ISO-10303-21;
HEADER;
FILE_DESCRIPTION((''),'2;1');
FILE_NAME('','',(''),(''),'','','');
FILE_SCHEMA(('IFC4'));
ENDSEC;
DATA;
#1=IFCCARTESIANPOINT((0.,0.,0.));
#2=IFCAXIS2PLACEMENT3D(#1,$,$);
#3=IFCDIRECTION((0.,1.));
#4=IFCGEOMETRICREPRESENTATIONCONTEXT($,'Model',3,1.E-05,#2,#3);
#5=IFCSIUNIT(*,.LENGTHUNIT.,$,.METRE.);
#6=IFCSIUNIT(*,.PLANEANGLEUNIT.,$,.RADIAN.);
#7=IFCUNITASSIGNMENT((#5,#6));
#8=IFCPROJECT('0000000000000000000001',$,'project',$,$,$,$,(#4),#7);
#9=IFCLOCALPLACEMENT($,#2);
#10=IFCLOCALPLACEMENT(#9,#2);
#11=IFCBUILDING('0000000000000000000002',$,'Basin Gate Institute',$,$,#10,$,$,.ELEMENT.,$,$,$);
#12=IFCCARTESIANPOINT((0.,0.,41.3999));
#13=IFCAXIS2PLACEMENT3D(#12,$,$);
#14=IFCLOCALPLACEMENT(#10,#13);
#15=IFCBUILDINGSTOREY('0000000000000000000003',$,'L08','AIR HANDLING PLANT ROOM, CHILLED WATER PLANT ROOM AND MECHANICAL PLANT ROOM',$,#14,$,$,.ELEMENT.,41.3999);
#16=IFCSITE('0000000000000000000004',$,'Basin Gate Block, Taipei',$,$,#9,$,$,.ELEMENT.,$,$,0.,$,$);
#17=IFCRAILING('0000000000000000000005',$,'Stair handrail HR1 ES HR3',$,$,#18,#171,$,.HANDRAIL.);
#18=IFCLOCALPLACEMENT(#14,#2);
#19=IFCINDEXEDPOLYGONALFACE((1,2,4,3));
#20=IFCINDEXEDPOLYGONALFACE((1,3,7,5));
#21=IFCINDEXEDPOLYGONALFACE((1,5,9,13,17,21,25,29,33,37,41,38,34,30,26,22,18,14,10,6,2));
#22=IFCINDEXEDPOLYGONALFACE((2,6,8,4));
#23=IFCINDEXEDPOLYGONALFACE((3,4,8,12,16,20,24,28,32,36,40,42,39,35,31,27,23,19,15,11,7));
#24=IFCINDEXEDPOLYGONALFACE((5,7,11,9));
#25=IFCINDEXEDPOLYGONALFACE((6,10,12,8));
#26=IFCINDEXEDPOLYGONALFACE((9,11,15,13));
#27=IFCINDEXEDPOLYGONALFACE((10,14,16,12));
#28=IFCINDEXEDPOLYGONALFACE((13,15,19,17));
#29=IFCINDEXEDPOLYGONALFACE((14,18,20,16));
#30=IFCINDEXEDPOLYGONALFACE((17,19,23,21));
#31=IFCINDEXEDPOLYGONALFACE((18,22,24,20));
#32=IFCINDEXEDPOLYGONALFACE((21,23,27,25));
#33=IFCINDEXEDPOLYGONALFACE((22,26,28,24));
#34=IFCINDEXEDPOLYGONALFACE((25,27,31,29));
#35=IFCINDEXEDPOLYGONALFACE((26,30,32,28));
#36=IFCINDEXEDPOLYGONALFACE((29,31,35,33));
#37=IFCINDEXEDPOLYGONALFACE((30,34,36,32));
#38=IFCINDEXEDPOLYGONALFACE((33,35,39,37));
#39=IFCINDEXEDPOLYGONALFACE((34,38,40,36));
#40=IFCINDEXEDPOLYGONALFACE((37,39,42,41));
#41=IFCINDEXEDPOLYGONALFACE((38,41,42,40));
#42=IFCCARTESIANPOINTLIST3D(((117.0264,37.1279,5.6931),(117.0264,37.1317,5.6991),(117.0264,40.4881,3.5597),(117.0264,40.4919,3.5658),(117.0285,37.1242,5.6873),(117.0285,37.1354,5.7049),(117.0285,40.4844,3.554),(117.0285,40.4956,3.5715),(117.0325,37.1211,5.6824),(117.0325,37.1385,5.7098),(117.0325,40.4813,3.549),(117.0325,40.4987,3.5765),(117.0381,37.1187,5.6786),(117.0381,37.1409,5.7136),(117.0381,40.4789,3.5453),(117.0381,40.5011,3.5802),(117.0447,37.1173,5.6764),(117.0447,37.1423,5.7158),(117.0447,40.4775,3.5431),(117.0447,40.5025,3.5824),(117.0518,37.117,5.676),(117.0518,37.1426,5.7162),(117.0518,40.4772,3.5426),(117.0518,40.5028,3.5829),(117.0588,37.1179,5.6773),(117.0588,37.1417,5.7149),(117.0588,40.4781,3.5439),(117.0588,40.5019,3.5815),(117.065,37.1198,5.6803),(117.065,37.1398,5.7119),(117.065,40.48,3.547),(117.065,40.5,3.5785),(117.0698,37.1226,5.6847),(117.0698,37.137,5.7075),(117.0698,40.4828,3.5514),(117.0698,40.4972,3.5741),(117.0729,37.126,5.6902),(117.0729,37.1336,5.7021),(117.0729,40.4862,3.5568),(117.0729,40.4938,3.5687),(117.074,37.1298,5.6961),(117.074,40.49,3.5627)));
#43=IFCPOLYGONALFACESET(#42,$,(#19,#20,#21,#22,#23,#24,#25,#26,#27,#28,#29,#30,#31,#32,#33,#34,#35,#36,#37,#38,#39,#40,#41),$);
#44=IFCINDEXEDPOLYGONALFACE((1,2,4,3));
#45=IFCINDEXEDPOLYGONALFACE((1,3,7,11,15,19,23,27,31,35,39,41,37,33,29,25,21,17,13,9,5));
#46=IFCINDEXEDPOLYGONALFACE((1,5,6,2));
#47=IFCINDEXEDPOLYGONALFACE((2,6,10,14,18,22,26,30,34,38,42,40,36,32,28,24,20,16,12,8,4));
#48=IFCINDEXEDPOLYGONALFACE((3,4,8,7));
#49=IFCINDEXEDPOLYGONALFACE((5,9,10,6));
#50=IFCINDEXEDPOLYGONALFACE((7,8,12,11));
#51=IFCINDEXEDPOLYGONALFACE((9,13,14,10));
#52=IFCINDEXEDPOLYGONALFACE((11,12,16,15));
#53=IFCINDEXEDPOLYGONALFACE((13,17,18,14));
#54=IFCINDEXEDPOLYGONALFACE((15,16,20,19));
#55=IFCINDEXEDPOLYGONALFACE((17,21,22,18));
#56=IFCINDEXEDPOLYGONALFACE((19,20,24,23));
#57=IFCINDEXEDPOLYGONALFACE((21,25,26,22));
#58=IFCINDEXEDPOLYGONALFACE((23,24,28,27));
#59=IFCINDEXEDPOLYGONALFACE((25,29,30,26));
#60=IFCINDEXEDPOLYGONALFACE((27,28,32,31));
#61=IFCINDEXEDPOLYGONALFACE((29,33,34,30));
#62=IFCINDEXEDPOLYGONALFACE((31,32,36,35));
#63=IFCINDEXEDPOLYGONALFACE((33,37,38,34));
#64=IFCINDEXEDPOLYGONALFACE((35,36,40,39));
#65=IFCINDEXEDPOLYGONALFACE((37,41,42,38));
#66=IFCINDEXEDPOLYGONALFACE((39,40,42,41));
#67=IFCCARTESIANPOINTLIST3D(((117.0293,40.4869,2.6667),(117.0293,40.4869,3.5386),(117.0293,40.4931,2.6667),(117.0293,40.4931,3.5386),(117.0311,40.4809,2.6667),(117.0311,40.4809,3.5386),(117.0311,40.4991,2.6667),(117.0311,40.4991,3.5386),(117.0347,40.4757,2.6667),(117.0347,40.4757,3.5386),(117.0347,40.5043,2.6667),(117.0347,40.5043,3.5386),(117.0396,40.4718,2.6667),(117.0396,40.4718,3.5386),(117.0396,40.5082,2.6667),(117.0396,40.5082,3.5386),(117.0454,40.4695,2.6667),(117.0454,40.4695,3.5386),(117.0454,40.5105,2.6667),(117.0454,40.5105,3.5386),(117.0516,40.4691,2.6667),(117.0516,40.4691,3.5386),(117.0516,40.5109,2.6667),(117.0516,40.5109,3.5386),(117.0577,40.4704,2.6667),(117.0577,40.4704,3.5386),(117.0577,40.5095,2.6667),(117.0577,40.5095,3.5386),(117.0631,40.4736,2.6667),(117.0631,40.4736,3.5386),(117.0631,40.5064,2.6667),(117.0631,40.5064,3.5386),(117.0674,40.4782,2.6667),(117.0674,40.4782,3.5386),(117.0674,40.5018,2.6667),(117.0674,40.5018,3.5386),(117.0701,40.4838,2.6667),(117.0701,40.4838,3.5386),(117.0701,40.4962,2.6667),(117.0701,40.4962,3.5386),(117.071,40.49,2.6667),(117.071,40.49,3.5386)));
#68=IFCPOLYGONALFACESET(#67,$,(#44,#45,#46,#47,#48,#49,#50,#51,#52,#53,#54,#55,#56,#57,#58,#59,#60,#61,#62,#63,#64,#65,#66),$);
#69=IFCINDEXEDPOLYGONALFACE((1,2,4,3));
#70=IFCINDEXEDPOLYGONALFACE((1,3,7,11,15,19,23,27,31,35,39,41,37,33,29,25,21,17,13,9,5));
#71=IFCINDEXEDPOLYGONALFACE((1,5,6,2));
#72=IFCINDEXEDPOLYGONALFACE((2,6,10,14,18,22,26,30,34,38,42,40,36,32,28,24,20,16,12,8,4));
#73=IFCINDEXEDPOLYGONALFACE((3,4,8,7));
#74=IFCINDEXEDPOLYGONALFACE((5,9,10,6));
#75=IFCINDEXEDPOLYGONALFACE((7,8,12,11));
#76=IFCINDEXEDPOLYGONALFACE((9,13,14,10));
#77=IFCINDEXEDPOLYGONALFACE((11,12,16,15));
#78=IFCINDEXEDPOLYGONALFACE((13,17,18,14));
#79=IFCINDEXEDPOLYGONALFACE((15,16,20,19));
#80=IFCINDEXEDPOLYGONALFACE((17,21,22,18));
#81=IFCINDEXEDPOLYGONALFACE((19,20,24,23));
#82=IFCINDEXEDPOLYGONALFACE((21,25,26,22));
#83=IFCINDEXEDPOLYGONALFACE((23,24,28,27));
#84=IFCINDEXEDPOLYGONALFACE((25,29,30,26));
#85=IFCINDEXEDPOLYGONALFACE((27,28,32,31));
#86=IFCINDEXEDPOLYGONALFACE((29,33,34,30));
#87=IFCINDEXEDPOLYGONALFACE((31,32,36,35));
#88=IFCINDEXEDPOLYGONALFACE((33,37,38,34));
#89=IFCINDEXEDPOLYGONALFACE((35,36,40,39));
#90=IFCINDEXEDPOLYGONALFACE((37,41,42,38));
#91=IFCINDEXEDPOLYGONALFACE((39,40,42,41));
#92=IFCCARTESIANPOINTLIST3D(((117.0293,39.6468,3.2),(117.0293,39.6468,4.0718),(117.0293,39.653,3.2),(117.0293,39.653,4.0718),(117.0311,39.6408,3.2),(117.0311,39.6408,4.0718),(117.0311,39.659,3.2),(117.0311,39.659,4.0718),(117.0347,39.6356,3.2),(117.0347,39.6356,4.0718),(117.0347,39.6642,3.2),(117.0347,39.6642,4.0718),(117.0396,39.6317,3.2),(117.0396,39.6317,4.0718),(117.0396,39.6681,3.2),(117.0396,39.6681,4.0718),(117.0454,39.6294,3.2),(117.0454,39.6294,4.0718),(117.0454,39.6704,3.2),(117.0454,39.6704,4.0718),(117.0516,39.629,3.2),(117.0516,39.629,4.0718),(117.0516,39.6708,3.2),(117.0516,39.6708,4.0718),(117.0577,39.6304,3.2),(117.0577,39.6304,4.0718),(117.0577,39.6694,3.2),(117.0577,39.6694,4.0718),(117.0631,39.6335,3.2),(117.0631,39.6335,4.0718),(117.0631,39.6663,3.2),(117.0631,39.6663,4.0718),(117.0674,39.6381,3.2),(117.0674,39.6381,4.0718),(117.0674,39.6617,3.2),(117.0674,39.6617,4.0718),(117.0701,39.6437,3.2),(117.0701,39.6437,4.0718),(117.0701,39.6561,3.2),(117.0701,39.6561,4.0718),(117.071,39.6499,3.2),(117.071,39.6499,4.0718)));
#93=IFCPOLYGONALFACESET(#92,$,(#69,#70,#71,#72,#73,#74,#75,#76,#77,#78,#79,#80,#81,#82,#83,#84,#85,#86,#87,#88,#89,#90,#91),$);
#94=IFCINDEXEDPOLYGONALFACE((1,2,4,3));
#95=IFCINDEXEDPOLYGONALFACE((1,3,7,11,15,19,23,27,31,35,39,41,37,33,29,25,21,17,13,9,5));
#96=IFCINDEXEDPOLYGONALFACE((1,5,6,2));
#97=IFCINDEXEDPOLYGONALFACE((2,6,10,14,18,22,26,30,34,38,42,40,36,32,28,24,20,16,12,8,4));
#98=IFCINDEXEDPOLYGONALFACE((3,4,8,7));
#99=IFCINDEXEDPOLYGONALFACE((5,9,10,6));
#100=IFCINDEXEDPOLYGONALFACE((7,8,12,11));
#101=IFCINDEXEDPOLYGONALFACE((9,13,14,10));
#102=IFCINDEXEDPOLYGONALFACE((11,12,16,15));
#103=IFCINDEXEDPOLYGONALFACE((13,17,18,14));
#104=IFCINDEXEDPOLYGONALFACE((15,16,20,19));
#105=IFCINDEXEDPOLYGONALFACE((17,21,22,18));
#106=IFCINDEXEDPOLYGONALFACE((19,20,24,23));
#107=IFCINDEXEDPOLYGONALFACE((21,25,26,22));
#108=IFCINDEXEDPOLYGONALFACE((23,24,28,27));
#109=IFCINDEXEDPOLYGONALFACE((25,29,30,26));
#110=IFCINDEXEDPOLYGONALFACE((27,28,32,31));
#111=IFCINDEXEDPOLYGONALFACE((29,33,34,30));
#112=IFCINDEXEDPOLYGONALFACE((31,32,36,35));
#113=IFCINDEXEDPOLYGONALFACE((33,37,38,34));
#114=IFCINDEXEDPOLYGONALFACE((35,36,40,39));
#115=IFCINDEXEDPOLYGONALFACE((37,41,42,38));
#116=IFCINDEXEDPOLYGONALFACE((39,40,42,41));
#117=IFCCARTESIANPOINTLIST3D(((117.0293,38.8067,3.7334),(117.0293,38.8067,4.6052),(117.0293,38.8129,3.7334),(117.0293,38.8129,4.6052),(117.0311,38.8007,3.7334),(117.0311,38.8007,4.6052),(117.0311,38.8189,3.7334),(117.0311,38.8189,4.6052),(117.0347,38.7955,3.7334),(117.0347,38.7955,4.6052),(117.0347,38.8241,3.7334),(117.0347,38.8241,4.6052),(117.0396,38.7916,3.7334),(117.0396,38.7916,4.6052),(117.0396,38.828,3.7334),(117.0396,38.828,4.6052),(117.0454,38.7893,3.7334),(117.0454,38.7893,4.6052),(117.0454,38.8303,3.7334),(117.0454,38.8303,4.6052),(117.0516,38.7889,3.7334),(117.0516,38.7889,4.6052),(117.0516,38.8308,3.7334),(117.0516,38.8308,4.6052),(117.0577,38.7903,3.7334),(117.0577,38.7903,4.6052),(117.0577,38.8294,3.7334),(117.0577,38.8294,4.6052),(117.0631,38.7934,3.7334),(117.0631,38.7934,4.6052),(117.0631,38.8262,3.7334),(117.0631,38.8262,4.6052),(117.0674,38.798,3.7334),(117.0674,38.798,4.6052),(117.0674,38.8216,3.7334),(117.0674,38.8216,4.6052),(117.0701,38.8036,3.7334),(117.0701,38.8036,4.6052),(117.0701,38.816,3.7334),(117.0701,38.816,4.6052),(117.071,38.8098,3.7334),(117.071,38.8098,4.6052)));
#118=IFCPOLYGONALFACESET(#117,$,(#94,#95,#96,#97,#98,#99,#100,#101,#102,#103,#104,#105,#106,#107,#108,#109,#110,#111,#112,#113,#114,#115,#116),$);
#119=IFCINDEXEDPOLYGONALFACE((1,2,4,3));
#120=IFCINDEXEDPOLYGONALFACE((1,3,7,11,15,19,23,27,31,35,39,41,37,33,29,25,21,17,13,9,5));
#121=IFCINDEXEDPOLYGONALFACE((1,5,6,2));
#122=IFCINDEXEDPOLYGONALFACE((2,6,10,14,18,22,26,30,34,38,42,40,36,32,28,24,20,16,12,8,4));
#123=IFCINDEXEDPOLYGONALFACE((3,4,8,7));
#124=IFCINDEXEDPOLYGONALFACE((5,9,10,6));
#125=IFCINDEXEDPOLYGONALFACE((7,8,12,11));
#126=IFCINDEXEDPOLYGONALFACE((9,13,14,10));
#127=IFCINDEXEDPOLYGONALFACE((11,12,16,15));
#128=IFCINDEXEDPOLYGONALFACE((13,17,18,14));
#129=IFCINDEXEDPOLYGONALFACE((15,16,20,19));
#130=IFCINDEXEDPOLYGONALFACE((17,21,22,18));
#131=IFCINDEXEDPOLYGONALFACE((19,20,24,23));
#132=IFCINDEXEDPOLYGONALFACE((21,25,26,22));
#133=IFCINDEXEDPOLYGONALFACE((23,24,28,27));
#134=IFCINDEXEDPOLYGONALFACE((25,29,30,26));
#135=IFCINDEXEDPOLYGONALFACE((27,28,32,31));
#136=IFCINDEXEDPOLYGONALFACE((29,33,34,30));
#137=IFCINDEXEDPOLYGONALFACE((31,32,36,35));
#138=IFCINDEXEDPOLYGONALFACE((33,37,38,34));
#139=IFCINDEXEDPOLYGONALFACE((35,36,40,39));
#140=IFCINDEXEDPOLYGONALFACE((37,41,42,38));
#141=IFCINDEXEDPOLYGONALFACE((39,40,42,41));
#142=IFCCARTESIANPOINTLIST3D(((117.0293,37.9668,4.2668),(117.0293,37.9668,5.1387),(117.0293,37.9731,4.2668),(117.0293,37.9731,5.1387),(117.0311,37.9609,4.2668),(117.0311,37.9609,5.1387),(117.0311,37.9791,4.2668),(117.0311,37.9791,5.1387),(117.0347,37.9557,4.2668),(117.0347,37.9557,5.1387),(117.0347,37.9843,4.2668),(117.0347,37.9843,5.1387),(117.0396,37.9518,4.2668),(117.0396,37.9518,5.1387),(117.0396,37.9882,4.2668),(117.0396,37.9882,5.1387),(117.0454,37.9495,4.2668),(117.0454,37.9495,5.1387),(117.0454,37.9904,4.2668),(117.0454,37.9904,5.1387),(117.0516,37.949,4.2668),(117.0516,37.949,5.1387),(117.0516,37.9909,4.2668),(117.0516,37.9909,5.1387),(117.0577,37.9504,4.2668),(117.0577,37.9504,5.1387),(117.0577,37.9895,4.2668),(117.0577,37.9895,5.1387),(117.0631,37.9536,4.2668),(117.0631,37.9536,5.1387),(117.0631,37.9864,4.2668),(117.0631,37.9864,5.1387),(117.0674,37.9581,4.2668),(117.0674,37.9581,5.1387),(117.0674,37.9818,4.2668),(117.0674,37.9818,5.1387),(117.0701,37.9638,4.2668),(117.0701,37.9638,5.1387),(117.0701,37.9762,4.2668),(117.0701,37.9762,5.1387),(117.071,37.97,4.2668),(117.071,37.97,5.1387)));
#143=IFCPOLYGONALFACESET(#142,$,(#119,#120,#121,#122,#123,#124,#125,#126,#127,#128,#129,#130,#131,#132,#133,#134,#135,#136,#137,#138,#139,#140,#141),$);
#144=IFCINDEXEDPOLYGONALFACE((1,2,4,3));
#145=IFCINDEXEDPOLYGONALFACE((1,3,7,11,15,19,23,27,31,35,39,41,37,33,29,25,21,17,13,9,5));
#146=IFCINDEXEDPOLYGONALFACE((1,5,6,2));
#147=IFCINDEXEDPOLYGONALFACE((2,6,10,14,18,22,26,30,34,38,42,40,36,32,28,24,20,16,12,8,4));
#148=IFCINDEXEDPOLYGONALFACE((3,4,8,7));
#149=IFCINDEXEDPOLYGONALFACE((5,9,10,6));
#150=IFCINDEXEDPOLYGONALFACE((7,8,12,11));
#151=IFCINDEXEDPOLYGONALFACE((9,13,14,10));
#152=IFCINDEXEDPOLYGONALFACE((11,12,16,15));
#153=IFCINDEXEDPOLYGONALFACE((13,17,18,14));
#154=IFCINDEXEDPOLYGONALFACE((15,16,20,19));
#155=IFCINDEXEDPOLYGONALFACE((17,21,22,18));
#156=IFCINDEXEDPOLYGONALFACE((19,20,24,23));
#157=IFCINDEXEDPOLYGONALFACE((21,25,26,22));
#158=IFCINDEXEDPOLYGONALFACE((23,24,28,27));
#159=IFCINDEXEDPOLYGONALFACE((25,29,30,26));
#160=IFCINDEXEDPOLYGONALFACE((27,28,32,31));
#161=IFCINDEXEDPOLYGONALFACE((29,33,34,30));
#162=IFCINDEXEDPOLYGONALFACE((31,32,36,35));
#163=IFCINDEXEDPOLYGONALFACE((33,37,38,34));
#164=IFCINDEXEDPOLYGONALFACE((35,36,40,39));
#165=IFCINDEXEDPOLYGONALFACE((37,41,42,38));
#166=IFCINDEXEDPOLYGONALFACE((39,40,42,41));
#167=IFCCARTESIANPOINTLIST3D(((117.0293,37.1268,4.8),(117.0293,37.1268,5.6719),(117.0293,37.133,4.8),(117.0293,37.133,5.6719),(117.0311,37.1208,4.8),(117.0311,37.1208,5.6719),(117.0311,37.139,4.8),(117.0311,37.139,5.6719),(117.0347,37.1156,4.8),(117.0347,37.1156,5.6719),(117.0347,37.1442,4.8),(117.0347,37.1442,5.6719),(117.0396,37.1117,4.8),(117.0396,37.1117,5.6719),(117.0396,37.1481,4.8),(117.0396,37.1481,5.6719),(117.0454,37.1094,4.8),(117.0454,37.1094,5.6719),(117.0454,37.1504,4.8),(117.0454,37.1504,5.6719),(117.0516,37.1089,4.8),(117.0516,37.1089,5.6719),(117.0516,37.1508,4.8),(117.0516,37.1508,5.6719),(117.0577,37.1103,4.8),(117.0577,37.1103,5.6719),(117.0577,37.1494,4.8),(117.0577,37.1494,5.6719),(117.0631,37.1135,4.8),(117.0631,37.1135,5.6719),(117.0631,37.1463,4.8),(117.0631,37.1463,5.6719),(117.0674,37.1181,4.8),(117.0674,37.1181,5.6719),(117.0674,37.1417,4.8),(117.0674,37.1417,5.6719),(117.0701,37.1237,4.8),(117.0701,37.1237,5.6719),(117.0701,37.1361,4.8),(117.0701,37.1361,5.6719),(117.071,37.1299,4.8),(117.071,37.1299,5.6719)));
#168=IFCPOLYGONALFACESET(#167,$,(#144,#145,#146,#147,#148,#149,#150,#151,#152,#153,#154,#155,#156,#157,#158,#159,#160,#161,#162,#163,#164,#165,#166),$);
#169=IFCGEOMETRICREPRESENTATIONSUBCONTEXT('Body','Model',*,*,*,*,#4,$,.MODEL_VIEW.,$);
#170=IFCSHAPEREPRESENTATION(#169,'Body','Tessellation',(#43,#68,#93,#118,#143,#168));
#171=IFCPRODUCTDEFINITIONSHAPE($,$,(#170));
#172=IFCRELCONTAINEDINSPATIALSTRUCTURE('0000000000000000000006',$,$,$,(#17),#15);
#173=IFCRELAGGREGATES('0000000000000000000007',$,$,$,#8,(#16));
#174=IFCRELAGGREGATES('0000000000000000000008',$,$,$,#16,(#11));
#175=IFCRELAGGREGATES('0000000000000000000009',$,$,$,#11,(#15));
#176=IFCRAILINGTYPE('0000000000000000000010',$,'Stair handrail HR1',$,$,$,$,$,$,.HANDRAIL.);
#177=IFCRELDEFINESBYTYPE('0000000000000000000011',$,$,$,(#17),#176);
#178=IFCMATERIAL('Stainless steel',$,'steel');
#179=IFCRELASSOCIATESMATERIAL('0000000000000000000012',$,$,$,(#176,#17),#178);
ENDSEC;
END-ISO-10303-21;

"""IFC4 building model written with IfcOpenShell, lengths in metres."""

from ifc_helpers import new_model, si_unit, direction, frame, origin, origin_2d, place, context, subcontext, project, spatial, circle, extrude, material, type_object, element, save


model = new_model("IFC4")

# Units and contexts
model_context = context("Model", 3, precision=1e-05, world=origin(), true_north=direction((0.0, 1.0)))
body_context = subcontext(model_context, "Body", "Model", "MODEL_VIEW")
ifc_project = project(units=[si_unit("LENGTHUNIT", "METRE"), si_unit("PLANEANGLEUNIT", "RADIAN")], contexts=[model_context])

# Site, building, storey
site_placement = place(None, origin())
site = spatial("IfcSite", under=ifc_project, at=site_placement, Name="Basin Gate Block, Taipei", CompositionType="ELEMENT", RefElevation=0.0)
building_placement = place(site_placement, origin())
building = spatial("IfcBuilding", under=site, at=building_placement, Name="Basin Gate Institute", CompositionType="ELEMENT")
storey_placement = place(building_placement, frame((0.0, 0.0, 41.3999)))
storey = spatial("IfcBuildingStorey", under=building, at=storey_placement, Name="L08", Description="AIR HANDLING PLANT ROOM, CHILLED WATER PLANT ROOM AND MECHANICAL PLANT ROOM", CompositionType="ELEMENT", Elevation=41.3999)

# Railing
ifc_material_1 = material(Name="Stainless steel", Category="steel")
railing_type_1 = type_object("IfcRailingType", Name="Stair handrail HR1", PredefinedType="HANDRAIL", material=ifc_material_1)
railing_1_placement = place(storey_placement, frame((117.05, 40.49, 2.6667)))
element("IfcRailing", 1, at=railing_1_placement, inside=storey, type_object=railing_type_1, material=ifc_material_1, Name="Stair handrail HR1 ES HR3", PredefinedType="HANDRAIL", context=body_context, shape_type="SweptSolid", body=[
    extrude(circle(Radius=0.0239, at=origin_2d()), frame((0.0, 0.0, 0.896), z_axis=(0.0, -0.844224, 0.53599), x_axis=(1.0, 0.0, 0.0)), (0.0, 0.0, 1.0), 3.9802),
    extrude(circle(Radius=0.021, at=origin_2d()), origin(), (0.0, 0.0, 1.0), 0.8718),
    extrude(circle(Radius=0.021, at=origin_2d()), frame((0.0, -0.8401, 0.5332)), (0.0, 0.0, 1.0), 0.8718),
    extrude(circle(Radius=0.021, at=origin_2d()), frame((0.0, -1.6802, 1.0667)), (0.0, 0.0, 1.0), 0.8718),
    extrude(circle(Radius=0.021, at=origin_2d()), frame((0.0, -2.52, 1.6001)), (0.0, 0.0, 1.0), 0.8718),
    extrude(circle(Radius=0.021, at=origin_2d()), frame((0.0, -3.3601, 2.1333)), (0.0, 0.0, 1.0), 0.8718),
])

save(model, "model.ifc")
